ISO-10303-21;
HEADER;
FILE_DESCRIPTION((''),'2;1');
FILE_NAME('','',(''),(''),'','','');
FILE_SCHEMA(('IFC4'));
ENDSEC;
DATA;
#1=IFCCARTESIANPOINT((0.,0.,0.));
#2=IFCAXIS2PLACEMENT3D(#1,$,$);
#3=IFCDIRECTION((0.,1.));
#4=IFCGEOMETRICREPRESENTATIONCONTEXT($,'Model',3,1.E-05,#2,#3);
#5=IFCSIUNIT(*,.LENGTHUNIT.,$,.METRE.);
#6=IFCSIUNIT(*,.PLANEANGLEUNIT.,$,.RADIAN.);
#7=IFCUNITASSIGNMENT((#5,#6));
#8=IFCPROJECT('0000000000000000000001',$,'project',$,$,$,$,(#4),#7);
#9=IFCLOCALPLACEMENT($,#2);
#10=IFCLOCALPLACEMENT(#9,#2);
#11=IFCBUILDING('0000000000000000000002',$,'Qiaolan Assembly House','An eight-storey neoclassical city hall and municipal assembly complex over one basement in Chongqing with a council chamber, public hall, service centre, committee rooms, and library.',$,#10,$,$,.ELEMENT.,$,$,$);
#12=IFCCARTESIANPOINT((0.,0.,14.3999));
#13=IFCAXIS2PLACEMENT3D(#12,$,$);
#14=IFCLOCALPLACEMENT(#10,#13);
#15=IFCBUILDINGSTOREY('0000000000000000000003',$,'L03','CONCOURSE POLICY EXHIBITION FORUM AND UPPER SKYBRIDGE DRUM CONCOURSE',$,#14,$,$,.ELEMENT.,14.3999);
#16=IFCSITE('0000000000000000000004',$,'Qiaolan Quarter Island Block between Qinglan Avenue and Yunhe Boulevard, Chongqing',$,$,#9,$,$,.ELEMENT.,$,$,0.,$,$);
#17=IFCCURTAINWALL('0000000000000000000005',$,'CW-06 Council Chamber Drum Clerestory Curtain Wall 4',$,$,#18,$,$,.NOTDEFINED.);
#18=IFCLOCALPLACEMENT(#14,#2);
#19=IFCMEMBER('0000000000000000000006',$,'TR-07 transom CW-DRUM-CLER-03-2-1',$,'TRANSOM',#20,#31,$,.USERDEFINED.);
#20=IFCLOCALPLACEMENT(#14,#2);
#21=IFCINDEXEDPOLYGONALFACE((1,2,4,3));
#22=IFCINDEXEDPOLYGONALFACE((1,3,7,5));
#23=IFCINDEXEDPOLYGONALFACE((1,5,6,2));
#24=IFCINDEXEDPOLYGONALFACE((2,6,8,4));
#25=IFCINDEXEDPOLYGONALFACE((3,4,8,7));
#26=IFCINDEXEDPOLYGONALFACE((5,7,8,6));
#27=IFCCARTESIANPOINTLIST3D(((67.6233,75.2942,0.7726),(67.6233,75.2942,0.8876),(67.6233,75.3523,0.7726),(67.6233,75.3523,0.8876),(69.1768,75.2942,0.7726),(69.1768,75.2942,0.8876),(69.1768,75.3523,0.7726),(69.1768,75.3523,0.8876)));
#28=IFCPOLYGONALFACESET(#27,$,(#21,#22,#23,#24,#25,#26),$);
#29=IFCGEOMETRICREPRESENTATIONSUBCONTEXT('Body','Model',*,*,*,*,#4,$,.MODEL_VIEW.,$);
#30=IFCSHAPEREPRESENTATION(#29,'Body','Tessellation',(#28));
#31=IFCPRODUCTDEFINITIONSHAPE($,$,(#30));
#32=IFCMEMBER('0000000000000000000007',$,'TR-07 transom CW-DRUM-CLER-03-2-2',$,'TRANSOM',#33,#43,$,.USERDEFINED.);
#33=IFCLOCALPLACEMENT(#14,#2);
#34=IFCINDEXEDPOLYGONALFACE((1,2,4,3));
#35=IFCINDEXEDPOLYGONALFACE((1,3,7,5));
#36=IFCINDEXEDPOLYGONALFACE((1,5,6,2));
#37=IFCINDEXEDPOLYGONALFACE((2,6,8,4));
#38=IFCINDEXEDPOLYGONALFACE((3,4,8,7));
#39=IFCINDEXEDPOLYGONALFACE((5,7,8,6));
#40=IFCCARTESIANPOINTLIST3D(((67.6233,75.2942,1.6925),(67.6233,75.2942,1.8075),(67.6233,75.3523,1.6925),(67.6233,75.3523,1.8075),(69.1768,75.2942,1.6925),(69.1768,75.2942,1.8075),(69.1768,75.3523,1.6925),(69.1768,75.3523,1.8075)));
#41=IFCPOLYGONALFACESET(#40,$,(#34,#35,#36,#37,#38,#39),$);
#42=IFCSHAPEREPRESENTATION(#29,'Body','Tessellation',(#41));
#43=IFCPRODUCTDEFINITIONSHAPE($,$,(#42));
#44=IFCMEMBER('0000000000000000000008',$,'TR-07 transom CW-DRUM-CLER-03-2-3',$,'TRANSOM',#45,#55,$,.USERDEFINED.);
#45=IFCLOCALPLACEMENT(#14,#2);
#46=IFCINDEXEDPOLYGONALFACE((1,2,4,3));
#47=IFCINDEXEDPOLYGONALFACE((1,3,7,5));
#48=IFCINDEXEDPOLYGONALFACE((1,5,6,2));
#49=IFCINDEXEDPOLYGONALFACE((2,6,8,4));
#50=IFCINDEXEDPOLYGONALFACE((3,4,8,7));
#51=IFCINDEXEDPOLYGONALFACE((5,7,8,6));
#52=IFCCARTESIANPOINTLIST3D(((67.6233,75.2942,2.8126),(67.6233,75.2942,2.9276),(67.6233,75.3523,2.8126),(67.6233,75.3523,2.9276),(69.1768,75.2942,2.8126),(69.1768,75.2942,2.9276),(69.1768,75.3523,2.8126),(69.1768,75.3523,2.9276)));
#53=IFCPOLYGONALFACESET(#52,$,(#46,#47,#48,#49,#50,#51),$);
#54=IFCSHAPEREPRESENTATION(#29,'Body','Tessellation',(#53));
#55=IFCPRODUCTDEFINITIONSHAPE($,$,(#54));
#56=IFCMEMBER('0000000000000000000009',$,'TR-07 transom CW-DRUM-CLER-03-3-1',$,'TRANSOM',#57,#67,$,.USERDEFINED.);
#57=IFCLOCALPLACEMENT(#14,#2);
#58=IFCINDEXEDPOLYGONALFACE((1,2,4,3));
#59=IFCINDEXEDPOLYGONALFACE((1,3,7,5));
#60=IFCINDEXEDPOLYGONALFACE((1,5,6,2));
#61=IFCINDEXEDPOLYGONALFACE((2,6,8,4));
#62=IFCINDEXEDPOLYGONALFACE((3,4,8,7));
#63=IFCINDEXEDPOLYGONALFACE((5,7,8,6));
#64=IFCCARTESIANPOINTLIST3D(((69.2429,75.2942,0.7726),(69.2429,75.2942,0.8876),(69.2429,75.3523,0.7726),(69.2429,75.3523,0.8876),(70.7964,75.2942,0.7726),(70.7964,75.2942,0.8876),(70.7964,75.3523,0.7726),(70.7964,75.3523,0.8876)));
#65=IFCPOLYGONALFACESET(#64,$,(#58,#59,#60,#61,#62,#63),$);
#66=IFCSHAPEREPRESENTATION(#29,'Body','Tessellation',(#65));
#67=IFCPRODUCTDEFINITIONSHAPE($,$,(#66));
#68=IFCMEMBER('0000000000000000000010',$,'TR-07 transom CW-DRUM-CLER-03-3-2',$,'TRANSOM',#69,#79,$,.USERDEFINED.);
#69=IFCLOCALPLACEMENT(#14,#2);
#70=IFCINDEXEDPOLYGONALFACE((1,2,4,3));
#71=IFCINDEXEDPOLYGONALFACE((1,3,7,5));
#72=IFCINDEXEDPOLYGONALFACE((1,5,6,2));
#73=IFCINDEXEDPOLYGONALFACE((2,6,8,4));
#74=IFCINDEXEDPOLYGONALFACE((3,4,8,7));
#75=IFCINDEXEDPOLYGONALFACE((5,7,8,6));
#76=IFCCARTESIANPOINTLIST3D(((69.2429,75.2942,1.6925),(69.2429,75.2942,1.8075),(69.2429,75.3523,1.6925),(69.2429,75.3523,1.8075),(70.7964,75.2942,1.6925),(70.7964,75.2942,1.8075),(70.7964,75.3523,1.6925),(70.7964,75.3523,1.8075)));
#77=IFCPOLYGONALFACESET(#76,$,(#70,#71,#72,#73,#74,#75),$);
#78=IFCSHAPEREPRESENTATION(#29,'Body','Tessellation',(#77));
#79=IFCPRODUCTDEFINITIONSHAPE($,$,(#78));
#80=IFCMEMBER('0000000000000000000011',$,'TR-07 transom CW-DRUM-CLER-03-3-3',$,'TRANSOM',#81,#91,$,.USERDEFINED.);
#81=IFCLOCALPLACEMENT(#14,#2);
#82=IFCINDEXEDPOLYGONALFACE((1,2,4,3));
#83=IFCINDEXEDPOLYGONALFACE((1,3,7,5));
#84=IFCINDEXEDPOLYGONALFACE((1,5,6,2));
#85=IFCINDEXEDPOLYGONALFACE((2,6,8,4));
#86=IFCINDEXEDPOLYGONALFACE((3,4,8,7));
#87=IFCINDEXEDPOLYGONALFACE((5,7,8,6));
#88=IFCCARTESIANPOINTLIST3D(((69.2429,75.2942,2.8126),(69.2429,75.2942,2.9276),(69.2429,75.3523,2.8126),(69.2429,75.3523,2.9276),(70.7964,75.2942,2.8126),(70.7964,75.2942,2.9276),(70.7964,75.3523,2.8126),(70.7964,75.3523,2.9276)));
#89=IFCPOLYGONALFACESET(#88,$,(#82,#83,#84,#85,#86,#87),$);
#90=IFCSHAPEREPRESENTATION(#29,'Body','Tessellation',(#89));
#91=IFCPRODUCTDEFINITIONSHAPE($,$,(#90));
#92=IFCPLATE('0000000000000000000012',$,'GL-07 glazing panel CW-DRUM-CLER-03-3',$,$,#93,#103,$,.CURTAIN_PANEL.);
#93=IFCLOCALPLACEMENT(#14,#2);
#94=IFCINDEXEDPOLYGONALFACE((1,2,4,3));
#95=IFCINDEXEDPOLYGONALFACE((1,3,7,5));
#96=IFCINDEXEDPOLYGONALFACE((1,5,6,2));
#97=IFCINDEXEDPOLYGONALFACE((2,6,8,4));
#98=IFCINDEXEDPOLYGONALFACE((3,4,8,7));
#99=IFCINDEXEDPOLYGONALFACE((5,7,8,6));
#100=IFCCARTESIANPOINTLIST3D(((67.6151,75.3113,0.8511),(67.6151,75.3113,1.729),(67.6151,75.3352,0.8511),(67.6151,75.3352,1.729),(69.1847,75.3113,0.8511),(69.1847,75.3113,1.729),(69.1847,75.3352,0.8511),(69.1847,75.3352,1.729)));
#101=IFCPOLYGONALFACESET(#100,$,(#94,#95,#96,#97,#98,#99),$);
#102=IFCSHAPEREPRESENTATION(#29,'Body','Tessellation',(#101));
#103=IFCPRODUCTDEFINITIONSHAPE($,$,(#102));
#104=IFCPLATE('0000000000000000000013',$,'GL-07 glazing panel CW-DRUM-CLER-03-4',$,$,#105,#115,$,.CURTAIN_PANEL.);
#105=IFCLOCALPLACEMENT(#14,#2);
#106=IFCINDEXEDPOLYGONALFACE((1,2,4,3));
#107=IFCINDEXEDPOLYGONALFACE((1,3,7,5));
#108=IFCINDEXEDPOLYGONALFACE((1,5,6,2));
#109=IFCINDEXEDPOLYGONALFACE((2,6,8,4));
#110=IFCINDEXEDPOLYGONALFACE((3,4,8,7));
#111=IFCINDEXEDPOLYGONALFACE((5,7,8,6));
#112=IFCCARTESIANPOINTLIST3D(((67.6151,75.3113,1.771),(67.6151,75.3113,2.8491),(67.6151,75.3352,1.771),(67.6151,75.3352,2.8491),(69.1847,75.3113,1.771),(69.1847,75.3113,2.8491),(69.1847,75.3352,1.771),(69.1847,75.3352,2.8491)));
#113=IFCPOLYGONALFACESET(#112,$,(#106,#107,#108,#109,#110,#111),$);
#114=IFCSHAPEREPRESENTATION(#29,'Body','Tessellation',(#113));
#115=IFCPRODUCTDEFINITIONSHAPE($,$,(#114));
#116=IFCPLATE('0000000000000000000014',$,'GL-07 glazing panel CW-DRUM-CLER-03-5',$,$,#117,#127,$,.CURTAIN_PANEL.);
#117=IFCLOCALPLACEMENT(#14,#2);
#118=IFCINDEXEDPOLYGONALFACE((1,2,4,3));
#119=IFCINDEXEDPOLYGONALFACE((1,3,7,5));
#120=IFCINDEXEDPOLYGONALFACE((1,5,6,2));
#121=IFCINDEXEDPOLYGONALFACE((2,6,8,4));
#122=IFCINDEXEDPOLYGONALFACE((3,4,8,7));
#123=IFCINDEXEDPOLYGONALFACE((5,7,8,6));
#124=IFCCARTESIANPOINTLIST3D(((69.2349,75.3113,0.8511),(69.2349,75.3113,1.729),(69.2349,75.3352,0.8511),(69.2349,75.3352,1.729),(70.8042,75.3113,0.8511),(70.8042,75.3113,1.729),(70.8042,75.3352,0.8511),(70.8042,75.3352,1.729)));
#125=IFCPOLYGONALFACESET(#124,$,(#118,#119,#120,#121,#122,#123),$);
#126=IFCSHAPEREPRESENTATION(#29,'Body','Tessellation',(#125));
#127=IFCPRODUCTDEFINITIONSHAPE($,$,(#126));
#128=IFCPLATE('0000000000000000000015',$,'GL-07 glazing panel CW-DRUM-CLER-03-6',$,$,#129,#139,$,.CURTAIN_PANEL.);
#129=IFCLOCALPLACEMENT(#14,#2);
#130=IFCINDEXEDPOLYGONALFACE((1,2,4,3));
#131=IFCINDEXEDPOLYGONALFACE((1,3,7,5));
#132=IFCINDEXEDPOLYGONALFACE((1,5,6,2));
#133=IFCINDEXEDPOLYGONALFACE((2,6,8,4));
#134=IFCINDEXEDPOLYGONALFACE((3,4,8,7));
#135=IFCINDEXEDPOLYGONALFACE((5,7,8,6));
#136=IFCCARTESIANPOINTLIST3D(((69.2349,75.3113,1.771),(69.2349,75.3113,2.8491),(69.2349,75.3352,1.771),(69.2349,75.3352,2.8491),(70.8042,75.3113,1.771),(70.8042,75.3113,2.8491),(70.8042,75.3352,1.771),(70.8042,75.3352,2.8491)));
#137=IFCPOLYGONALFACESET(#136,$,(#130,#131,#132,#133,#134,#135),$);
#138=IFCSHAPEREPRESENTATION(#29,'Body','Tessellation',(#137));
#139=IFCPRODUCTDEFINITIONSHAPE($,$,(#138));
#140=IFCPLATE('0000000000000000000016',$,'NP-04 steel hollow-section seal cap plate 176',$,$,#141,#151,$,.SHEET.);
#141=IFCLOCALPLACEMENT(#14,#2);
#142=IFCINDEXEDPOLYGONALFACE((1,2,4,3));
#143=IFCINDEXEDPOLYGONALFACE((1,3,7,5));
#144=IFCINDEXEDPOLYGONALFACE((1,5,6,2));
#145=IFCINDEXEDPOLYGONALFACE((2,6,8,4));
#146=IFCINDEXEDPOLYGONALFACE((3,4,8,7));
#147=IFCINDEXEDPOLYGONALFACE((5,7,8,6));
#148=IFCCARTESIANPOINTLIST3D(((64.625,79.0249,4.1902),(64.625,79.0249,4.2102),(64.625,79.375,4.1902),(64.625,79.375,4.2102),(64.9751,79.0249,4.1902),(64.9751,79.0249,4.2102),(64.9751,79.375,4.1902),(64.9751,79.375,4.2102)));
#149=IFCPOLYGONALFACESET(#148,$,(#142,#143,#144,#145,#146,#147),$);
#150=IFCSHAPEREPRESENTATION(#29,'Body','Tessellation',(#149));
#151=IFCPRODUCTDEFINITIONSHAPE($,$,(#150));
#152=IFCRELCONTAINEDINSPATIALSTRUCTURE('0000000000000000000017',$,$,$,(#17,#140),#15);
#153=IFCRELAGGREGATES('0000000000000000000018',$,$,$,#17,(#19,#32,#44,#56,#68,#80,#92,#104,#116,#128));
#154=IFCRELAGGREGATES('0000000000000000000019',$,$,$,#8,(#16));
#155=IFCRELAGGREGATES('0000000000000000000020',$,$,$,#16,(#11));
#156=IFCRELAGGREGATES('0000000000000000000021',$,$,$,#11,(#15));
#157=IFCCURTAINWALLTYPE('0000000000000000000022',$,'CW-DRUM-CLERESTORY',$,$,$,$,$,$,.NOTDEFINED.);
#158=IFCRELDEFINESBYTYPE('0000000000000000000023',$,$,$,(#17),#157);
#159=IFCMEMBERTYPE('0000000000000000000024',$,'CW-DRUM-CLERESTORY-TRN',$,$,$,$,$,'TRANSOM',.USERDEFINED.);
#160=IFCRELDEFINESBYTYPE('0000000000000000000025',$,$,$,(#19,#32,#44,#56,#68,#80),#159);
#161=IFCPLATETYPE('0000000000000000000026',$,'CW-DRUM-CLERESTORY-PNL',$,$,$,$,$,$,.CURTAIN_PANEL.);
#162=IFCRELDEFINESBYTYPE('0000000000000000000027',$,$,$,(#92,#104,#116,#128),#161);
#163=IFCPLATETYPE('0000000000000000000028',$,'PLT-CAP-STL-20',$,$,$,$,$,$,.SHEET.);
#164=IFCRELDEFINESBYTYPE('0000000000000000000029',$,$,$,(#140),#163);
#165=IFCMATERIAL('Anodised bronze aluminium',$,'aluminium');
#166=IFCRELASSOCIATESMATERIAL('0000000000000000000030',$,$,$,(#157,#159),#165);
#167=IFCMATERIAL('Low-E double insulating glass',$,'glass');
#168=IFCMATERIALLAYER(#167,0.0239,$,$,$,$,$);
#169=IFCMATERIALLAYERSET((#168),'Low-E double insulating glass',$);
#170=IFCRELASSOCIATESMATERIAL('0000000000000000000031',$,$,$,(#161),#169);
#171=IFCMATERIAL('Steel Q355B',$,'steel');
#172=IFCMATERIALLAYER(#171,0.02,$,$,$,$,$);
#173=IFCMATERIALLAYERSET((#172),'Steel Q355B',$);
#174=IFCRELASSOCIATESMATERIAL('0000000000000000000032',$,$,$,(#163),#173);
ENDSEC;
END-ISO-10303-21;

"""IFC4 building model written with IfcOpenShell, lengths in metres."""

from ifc_helpers import new_model, si_unit, direction, frame, frame_2d, origin, origin_2d, place, context, subcontext, project, spatial, rectangle, extrude, material, layer, layer_set, material_profile, profile_set, type_object, element, aggregate, save


model = new_model("IFC4")

# Units and contexts
model_context = context("Model", 3, precision=1e-05, world=origin(), true_north=direction((0.0, 1.0)))
body_context = subcontext(model_context, "Body", "Model", "MODEL_VIEW")
ifc_project = project(units=[si_unit("LENGTHUNIT", "METRE"), si_unit("PLANEANGLEUNIT", "RADIAN")], contexts=[model_context])

# Site, building, storey
site_placement = place(None, origin())
site = spatial("IfcSite", under=ifc_project, at=site_placement, Name="Qiaolan Quarter Island Block between Qinglan Avenue and Yunhe Boulevard, Chongqing", CompositionType="ELEMENT", RefElevation=0.0)
building_placement = place(site_placement, origin())
building = spatial("IfcBuilding", under=site, at=building_placement, Name="Qiaolan Assembly House", Description="An eight-storey neoclassical city hall and municipal assembly complex over one basement in Chongqing with a council chamber, public hall, service centre, committee rooms, and library.", CompositionType="ELEMENT")
storey_placement = place(building_placement, frame((0.0, 0.0, 14.3999)))
storey = spatial("IfcBuildingStorey", under=building, at=storey_placement, Name="L03", Description="CONCOURSE POLICY EXHIBITION FORUM AND UPPER SKYBRIDGE DRUM CONCOURSE", CompositionType="ELEMENT", Elevation=14.3999)

# Shared definitions
ifc_material_1 = material(Name="Steel Q355B", Category="steel")

# Curtain wall, members, plates
ifc_material_2 = material(Name="Anodised bronze aluminium", Category="aluminium")
curtain_wall_type = type_object("IfcCurtainWallType", Name="CW-DRUM-CLERESTORY", PredefinedType="NOTDEFINED", material=ifc_material_2)
curtain_wall_placement = place(storey_placement, origin())
curtain_wall = element("IfcCurtainWall", 1, at=curtain_wall_placement, inside=storey, type_object=curtain_wall_type, Name="CW-06 Council Chamber Drum Clerestory Curtain Wall 4", PredefinedType="NOTDEFINED")
ifc_material_profile_1 = material_profile(ifc_material_2, rectangle(XDim=0.0581, YDim=0.115, at=origin_2d()), Name="TRN 58x115")
ifc_profile_set_1 = profile_set([ifc_material_profile_1], Name="Anodised bronze aluminium")
member_type_1 = type_object("IfcMemberType", Name="CW-DRUM-CLERESTORY-TRN", ElementType="TRANSOM", PredefinedType="USERDEFINED", material=ifc_profile_set_1)
member_1_placement = place(storey_placement, frame((67.6233, 75.3232, 0.8301), z_axis=(1.0, 0.0, 0.0), x_axis=(0.0, 1.0, 0.0)))
member_1 = element("IfcMember", 2, at=member_1_placement, type_object=member_type_1, Name="TR-07 transom CW-DRUM-CLER-03-2-1", ObjectType="TRANSOM", PredefinedType="USERDEFINED", context=body_context, shape_type="SweptSolid", body=[
    extrude(rectangle(XDim=0.0581, YDim=0.115, at=origin_2d()), origin(), (0.0, 0.0, 1.0), 1.5535),
])
member_2_placement = place(storey_placement, frame((67.6233, 75.3232, 1.75), z_axis=(1.0, 0.0, 0.0), x_axis=(0.0, 1.0, 0.0)))
member_2 = element("IfcMember", 3, at=member_2_placement, type_object=member_type_1, Name="TR-07 transom CW-DRUM-CLER-03-2-2", ObjectType="TRANSOM", PredefinedType="USERDEFINED", context=body_context, shape_type="SweptSolid", body=[
    extrude(rectangle(XDim=0.0581, YDim=0.115, at=origin_2d()), origin(), (0.0, 0.0, 1.0), 1.5535),
])
member_3_placement = place(storey_placement, frame((67.6233, 75.3232, 2.8701), z_axis=(1.0, 0.0, 0.0), x_axis=(0.0, 1.0, 0.0)))
member_3 = element("IfcMember", 4, at=member_3_placement, type_object=member_type_1, Name="TR-07 transom CW-DRUM-CLER-03-2-3", ObjectType="TRANSOM", PredefinedType="USERDEFINED", context=body_context, shape_type="SweptSolid", body=[
    extrude(rectangle(XDim=0.0581, YDim=0.115, at=origin_2d()), origin(), (0.0, 0.0, 1.0), 1.5535),
])
member_4_placement = place(storey_placement, frame((69.2429, 75.3232, 0.8301), z_axis=(1.0, 0.0, 0.0), x_axis=(0.0, 1.0, 0.0)))
member_4 = element("IfcMember", 5, at=member_4_placement, type_object=member_type_1, Name="TR-07 transom CW-DRUM-CLER-03-3-1", ObjectType="TRANSOM", PredefinedType="USERDEFINED", context=body_context, shape_type="SweptSolid", body=[
    extrude(rectangle(XDim=0.0581, YDim=0.115, at=origin_2d()), origin(), (0.0, 0.0, 1.0), 1.5535),
])
member_5_placement = place(storey_placement, frame((69.2429, 75.3232, 1.75), z_axis=(1.0, 0.0, 0.0), x_axis=(0.0, 1.0, 0.0)))
member_5 = element("IfcMember", 6, at=member_5_placement, type_object=member_type_1, Name="TR-07 transom CW-DRUM-CLER-03-3-2", ObjectType="TRANSOM", PredefinedType="USERDEFINED", context=body_context, shape_type="SweptSolid", body=[
    extrude(rectangle(XDim=0.0581, YDim=0.115, at=origin_2d()), origin(), (0.0, 0.0, 1.0), 1.5535),
])
member_6_placement = place(storey_placement, frame((69.2429, 75.3232, 2.8701), z_axis=(1.0, 0.0, 0.0), x_axis=(0.0, 1.0, 0.0)))
member_6 = element("IfcMember", 7, at=member_6_placement, type_object=member_type_1, Name="TR-07 transom CW-DRUM-CLER-03-3-3", ObjectType="TRANSOM", PredefinedType="USERDEFINED", context=body_context, shape_type="SweptSolid", body=[
    extrude(rectangle(XDim=0.0581, YDim=0.115, at=origin_2d()), origin(), (0.0, 0.0, 1.0), 1.5535),
])
ifc_material_3 = material(Name="Low-E double insulating glass", Category="glass")
ifc_layer_1 = layer(ifc_material_3, 0.0239)
ifc_layer_set_1 = layer_set([ifc_layer_1], Name="Low-E double insulating glass")
plate_type_1 = type_object("IfcPlateType", Name="CW-DRUM-CLERESTORY-PNL", PredefinedType="CURTAIN_PANEL", material=ifc_layer_set_1)
plate_1_placement = place(storey_placement, frame((67.6152, 75.3232, 0.8511), z_axis=(0.0, 0.0, 1.0), x_axis=(1.0, 0.0, 0.0)))
plate_1 = element("IfcPlate", 8, at=plate_1_placement, type_object=plate_type_1, Name="GL-07 glazing panel CW-DRUM-CLER-03-3", PredefinedType="CURTAIN_PANEL", context=body_context, shape_type="SweptSolid", body=[
    extrude(rectangle(XDim=1.5696, YDim=0.0239, at=frame_2d((0.7847, 0.0))), origin(), (0.0, 0.0, 1.0), 0.8779),
])
plate_2_placement = place(storey_placement, frame((67.6152, 75.3232, 1.771), z_axis=(0.0, 0.0, 1.0), x_axis=(1.0, 0.0, 0.0)))
plate_2 = element("IfcPlate", 9, at=plate_2_placement, type_object=plate_type_1, Name="GL-07 glazing panel CW-DRUM-CLER-03-4", PredefinedType="CURTAIN_PANEL", context=body_context, shape_type="SweptSolid", body=[
    extrude(rectangle(XDim=1.5696, YDim=0.0239, at=frame_2d((0.7847, 0.0))), origin(), (0.0, 0.0, 1.0), 1.0781),
])
plate_3_placement = place(storey_placement, frame((69.2349, 75.3232, 0.8511), z_axis=(0.0, 0.0, 1.0), x_axis=(1.0, 0.0, 0.0)))
plate_3 = element("IfcPlate", 10, at=plate_3_placement, type_object=plate_type_1, Name="GL-07 glazing panel CW-DRUM-CLER-03-5", PredefinedType="CURTAIN_PANEL", context=body_context, shape_type="SweptSolid", body=[
    extrude(rectangle(XDim=1.5693, YDim=0.0239, at=frame_2d((0.7847, 0.0))), origin(), (0.0, 0.0, 1.0), 0.8779),
])
plate_4_placement = place(storey_placement, frame((69.2349, 75.3232, 1.771), z_axis=(0.0, 0.0, 1.0), x_axis=(1.0, 0.0, 0.0)))
plate_4 = element("IfcPlate", 11, at=plate_4_placement, type_object=plate_type_1, Name="GL-07 glazing panel CW-DRUM-CLER-03-6", PredefinedType="CURTAIN_PANEL", context=body_context, shape_type="SweptSolid", body=[
    extrude(rectangle(XDim=1.5693, YDim=0.0239, at=frame_2d((0.7847, 0.0))), origin(), (0.0, 0.0, 1.0), 1.0781),
])
aggregate(curtain_wall, [member_1, member_2, member_3, member_4, member_5, member_6, plate_1, plate_2, plate_3, plate_4])

# Plate
ifc_layer_2 = layer(ifc_material_1, 0.02)
ifc_layer_set_2 = layer_set([ifc_layer_2], Name="Steel Q355B")
plate_type_2 = type_object("IfcPlateType", Name="PLT-CAP-STL-20", PredefinedType="SHEET", material=ifc_layer_set_2)
plate_5_placement = place(storey_placement, frame((64.8, 79.2, 4.1902), z_axis=(0.0, 0.0, 1.0), x_axis=(1.0, 0.0, 0.0)))
element("IfcPlate", 12, at=plate_5_placement, inside=storey, type_object=plate_type_2, Name="NP-04 steel hollow-section seal cap plate 176", PredefinedType="SHEET", context=body_context, shape_type="SweptSolid", body=[
    extrude(rectangle(XDim=0.3501, YDim=0.3501, at=origin_2d()), origin(), (0.0, 0.0, 1.0), 0.02),
])

save(model, "model.ifc")
